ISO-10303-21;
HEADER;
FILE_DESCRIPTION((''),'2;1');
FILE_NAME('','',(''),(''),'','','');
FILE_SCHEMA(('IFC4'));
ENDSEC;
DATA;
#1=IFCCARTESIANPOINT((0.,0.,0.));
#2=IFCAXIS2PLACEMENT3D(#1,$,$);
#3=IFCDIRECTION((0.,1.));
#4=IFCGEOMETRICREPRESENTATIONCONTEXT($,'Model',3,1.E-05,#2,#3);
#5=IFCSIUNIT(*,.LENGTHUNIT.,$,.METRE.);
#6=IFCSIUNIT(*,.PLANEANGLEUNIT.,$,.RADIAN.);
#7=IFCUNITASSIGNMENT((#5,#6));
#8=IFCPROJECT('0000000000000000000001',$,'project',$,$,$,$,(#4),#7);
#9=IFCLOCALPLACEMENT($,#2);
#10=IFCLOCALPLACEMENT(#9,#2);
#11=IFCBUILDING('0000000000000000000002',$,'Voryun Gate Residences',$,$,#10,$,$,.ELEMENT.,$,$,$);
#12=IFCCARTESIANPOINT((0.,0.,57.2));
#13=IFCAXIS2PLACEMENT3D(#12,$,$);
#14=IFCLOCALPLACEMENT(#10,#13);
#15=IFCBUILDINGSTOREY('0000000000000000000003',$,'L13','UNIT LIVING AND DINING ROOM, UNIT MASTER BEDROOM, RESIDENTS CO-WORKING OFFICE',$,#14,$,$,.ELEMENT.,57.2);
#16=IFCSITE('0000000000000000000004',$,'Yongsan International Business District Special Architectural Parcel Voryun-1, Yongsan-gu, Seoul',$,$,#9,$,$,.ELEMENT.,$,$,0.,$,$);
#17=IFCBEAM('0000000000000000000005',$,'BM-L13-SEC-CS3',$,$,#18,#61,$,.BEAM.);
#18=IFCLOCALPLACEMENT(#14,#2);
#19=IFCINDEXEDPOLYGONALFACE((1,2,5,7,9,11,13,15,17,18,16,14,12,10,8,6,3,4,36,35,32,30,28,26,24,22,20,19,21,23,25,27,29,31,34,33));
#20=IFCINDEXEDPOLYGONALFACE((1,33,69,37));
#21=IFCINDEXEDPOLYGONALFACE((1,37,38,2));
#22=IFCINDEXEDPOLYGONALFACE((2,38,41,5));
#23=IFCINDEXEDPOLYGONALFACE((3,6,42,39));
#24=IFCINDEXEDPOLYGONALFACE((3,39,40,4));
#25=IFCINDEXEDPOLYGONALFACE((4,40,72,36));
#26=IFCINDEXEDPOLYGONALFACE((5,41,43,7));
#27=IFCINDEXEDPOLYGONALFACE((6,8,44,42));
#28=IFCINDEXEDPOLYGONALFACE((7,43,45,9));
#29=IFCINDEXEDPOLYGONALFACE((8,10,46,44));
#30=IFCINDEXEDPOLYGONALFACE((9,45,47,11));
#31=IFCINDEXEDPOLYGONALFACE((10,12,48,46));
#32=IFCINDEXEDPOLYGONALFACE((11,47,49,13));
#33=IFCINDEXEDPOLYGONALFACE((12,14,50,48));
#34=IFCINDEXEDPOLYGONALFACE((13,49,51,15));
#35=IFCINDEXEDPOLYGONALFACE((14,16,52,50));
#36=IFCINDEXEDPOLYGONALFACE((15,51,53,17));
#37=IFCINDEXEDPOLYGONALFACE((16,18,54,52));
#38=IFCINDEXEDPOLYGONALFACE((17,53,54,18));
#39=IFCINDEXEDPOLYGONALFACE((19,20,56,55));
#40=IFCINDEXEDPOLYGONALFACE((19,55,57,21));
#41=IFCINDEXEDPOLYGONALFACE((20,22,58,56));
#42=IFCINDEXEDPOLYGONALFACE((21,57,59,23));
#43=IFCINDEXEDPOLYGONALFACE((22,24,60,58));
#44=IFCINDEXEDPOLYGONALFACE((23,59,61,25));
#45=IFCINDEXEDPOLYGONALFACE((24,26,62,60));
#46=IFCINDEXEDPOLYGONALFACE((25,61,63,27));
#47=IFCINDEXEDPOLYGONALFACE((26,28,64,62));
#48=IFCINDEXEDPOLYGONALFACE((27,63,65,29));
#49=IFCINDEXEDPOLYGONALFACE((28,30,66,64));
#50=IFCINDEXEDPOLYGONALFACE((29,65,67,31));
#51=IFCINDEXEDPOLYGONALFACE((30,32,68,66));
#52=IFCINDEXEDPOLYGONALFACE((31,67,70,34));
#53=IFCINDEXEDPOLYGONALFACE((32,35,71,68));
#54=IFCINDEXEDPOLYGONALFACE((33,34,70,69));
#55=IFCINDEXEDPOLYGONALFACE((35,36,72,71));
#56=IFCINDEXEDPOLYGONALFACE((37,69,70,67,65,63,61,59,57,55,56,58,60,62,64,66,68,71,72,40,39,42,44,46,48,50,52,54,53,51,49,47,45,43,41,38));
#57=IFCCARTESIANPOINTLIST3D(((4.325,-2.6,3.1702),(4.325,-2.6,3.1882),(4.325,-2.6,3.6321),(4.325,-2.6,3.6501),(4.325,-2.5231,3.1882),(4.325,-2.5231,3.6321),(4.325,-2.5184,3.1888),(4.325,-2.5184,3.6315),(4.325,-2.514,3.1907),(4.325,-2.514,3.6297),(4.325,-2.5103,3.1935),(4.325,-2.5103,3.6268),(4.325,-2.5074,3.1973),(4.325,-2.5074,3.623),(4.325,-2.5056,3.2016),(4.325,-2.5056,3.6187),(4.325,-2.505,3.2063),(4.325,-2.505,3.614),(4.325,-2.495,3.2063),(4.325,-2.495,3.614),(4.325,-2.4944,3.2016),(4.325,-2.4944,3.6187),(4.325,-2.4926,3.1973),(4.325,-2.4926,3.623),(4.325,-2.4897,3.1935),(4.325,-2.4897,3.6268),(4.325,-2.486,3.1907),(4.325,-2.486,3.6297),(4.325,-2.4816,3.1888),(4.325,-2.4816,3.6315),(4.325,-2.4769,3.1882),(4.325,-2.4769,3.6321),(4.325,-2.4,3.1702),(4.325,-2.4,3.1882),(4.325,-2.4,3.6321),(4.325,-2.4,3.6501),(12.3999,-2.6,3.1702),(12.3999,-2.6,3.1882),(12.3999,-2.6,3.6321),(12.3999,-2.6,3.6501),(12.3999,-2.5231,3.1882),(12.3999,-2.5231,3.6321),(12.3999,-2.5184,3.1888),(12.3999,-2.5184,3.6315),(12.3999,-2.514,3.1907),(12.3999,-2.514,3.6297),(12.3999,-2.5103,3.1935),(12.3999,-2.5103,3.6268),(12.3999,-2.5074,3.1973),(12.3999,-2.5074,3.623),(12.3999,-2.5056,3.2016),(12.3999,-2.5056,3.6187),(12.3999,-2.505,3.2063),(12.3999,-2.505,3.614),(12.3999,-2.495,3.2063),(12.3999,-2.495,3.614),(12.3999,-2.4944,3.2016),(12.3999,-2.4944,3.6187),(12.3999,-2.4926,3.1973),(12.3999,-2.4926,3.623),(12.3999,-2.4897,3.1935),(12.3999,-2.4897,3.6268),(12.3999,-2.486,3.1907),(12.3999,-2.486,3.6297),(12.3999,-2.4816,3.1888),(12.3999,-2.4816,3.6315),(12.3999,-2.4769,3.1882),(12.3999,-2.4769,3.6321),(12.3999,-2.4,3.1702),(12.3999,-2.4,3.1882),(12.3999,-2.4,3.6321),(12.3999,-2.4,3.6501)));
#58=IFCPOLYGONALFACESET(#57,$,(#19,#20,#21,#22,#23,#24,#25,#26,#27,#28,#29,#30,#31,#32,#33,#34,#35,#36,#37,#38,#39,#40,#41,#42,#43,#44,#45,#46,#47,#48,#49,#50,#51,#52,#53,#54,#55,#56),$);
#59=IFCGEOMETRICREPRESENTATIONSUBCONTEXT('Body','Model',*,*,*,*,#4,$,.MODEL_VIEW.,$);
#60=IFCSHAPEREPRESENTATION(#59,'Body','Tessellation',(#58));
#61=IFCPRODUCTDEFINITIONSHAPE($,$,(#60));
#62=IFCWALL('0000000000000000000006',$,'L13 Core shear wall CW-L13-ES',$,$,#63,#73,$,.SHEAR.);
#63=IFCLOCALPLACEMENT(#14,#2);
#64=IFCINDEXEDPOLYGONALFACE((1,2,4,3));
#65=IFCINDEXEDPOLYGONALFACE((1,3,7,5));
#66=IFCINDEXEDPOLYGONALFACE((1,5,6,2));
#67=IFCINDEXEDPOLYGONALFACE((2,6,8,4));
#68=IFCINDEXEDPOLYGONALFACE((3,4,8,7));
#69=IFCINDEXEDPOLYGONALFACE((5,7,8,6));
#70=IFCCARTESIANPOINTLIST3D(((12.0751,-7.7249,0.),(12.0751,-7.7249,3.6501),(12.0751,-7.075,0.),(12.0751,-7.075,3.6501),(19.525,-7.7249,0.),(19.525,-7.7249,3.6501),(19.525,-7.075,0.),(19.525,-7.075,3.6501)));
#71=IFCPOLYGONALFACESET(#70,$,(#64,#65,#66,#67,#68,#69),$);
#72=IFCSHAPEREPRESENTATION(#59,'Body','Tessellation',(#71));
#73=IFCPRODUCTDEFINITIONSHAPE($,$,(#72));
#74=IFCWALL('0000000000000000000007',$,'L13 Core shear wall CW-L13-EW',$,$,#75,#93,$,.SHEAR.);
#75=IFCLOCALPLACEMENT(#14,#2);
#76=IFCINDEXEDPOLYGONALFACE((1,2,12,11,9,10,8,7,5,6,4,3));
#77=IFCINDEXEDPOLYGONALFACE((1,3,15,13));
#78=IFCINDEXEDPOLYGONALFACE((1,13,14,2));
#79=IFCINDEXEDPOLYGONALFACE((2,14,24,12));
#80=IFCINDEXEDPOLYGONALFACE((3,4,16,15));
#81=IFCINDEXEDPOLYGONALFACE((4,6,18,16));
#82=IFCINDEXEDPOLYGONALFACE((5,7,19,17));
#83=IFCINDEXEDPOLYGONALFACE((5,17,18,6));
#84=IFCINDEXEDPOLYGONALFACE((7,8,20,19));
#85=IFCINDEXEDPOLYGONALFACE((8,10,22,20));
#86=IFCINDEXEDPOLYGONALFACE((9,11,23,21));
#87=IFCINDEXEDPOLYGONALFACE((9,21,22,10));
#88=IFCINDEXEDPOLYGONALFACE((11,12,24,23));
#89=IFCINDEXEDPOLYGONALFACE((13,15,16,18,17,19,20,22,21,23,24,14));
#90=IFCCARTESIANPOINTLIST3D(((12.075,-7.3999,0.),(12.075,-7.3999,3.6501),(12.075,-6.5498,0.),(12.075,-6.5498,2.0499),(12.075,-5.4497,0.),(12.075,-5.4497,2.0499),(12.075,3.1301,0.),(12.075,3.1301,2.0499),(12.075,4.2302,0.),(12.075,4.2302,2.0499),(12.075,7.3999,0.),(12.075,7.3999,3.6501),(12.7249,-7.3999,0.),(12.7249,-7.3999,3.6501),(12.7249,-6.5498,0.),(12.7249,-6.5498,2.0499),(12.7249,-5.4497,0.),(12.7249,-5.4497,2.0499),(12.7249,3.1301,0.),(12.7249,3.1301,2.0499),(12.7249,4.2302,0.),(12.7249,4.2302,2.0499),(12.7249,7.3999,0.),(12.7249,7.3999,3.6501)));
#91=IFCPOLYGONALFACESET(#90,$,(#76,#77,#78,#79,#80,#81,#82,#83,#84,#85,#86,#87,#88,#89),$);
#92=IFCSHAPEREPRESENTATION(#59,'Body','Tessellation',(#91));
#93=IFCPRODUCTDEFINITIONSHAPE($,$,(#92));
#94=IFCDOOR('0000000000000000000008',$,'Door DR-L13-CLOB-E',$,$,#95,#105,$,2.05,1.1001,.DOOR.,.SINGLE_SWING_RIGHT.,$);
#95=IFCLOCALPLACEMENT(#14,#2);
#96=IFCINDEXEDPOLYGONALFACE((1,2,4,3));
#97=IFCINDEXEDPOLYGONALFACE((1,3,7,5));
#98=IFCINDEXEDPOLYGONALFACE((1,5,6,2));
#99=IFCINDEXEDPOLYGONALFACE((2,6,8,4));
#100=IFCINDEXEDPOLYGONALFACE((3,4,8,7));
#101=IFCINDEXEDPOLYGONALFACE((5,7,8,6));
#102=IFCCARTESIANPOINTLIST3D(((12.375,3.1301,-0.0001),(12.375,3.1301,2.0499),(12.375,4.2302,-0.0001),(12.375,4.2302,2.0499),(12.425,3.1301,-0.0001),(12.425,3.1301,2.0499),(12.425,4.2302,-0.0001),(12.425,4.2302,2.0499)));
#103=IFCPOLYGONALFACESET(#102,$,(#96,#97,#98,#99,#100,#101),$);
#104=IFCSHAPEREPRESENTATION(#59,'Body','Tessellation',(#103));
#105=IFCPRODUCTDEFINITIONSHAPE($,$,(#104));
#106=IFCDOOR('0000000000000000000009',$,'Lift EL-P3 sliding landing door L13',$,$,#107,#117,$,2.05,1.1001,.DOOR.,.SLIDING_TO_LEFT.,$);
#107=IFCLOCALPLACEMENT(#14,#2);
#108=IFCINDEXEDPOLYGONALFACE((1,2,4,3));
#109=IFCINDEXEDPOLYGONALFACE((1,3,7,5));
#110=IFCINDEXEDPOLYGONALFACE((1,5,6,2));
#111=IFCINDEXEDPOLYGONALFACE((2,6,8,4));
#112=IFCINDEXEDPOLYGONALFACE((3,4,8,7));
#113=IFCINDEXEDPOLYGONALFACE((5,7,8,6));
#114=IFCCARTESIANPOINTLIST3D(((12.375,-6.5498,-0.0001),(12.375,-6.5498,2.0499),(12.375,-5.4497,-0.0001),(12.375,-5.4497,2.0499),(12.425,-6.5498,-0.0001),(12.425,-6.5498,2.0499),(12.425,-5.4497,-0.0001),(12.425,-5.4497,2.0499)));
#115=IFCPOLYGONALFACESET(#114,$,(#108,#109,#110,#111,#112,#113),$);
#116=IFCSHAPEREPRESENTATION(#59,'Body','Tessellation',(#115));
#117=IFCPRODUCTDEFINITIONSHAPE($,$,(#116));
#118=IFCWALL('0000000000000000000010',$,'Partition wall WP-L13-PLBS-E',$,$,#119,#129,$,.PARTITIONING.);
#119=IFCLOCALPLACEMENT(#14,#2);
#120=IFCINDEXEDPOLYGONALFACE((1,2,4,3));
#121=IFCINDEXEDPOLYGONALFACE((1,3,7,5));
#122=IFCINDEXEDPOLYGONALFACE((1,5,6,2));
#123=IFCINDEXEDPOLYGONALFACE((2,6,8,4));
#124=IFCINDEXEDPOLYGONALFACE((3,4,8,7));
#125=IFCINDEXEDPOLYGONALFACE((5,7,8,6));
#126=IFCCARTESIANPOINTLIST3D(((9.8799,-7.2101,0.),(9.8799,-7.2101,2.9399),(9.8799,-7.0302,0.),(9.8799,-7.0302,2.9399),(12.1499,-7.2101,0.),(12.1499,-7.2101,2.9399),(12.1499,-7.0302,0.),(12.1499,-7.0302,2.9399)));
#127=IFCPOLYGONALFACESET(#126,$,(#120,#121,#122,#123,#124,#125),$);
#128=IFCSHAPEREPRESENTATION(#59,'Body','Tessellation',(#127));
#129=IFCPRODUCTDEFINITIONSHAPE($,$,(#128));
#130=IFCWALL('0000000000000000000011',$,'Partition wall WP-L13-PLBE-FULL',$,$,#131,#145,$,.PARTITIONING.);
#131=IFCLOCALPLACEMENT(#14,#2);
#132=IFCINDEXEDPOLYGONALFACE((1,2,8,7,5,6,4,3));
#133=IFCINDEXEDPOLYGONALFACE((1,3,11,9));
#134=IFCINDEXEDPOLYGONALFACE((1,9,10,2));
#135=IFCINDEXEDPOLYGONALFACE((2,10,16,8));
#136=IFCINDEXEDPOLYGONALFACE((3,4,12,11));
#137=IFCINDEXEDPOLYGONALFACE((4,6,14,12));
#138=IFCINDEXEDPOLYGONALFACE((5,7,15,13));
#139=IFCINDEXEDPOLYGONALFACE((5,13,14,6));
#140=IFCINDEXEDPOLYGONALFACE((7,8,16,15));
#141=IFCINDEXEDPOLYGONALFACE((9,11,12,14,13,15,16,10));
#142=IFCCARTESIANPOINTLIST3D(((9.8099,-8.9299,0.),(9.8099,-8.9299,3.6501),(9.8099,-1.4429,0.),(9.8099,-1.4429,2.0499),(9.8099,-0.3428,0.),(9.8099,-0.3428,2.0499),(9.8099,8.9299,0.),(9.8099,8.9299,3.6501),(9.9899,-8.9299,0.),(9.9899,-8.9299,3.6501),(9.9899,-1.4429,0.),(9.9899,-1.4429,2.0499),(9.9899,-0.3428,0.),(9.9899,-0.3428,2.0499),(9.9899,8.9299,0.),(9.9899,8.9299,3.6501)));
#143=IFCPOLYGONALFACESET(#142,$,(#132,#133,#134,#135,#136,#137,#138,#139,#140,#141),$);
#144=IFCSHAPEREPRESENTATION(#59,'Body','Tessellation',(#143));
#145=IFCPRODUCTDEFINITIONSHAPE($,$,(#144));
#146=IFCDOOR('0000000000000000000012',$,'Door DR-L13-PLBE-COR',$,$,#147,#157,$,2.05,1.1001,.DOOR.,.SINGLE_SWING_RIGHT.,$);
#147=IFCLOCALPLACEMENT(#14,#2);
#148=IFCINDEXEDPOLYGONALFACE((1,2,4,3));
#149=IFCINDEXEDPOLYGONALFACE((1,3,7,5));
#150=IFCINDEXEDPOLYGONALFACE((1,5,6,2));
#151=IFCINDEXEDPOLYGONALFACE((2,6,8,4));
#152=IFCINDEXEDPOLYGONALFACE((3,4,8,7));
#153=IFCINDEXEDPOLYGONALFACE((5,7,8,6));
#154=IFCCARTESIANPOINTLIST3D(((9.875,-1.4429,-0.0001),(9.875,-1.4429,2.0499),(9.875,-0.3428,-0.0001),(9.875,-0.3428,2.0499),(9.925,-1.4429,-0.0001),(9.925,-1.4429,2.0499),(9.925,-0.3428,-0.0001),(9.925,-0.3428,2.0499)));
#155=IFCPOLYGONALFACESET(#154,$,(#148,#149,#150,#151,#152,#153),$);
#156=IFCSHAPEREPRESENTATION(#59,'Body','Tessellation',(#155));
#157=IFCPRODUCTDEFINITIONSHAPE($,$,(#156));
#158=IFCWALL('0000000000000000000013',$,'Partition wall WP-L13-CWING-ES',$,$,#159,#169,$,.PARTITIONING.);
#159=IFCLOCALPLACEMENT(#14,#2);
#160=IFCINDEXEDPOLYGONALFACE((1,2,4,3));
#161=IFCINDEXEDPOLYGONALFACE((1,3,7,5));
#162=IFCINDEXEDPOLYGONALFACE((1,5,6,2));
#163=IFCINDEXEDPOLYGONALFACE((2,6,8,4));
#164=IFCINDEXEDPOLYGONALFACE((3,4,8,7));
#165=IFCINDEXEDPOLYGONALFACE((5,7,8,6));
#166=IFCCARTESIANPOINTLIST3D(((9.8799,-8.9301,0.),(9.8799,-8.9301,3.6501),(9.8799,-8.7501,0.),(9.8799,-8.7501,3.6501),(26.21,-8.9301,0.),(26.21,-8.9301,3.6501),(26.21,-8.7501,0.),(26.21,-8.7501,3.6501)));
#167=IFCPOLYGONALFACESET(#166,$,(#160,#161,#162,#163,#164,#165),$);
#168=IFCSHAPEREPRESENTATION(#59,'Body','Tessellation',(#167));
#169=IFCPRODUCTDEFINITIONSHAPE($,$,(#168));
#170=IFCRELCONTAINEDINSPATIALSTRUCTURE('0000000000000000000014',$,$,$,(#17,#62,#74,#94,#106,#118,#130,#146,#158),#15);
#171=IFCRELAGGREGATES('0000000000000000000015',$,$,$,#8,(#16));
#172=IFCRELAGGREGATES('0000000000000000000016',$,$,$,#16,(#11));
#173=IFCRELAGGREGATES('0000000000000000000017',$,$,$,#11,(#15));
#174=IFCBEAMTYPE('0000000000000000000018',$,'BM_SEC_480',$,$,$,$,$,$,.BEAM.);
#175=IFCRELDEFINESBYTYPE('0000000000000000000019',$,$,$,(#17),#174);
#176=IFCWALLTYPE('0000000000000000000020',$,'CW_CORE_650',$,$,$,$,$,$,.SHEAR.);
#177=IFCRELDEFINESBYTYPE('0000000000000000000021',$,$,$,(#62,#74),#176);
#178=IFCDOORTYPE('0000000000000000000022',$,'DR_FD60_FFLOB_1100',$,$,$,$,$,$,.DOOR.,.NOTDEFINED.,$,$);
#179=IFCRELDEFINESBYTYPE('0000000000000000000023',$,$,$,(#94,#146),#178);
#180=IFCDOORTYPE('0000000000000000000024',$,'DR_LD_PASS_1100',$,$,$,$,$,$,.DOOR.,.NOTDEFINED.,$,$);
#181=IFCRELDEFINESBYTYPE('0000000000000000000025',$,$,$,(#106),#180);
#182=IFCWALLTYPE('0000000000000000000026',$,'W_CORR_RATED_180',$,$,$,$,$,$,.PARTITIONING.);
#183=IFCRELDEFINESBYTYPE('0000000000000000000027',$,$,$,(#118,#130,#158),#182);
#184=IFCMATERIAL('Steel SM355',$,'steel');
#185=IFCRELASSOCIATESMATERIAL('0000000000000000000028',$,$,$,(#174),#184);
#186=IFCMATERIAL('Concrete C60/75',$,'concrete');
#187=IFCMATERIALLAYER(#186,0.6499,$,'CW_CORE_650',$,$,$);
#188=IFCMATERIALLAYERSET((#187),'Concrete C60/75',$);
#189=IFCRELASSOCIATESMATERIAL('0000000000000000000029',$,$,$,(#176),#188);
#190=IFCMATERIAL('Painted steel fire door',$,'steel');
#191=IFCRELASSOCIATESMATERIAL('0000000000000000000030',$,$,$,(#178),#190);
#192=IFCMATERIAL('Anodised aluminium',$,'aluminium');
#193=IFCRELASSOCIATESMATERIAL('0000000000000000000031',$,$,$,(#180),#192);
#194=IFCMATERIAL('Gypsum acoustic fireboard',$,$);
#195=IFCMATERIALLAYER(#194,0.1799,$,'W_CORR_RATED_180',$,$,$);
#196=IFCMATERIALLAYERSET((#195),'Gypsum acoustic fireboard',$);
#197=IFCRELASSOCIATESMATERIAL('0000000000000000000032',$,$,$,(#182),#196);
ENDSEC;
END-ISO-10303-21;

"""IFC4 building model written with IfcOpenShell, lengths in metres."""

from ifc_helpers import new_model, si_unit, direction, frame, frame_2d, origin, origin_2d, place, context, subcontext, project, spatial, rectangle, i_section, extrude, material, layer, layer_set, material_profile, profile_set, type_object, element, fill, save


model = new_model("IFC4")

# Units and contexts
model_context = context("Model", 3, precision=1e-05, world=origin(), true_north=direction((0.0, 1.0)))
body_context = subcontext(model_context, "Body", "Model", "MODEL_VIEW")
ifc_project = project(units=[si_unit("LENGTHUNIT", "METRE"), si_unit("PLANEANGLEUNIT", "RADIAN")], contexts=[model_context])

# Site, building, storey
site_placement = place(None, origin())
site = spatial("IfcSite", under=ifc_project, at=site_placement, Name="Yongsan International Business District Special Architectural Parcel Voryun-1, Yongsan-gu, Seoul", CompositionType="ELEMENT", RefElevation=0.0)
building_placement = place(site_placement, origin())
building = spatial("IfcBuilding", under=site, at=building_placement, Name="Voryun Gate Residences", CompositionType="ELEMENT")
storey_placement = place(building_placement, frame((0.0, 0.0, 57.2)))
storey = spatial("IfcBuildingStorey", under=building, at=storey_placement, Name="L13", Description="UNIT LIVING AND DINING ROOM, UNIT MASTER BEDROOM, RESIDENTS CO-WORKING OFFICE", CompositionType="ELEMENT", Elevation=57.2)

# Beam
ifc_material_1 = material(Name="Steel SM355", Category="steel")
ifc_material_profile_1 = material_profile(ifc_material_1, i_section(OverallWidth=0.2, OverallDepth=0.48, WebThickness=0.01, FlangeThickness=0.0181, FilletRadius=0.0181, at=origin_2d()), Name="H-480x200x10x18")
ifc_profile_set_1 = profile_set([ifc_material_profile_1], Name="Steel SM355")
beam_type_1 = type_object("IfcBeamType", Name="BM_SEC_480", PredefinedType="BEAM", material=ifc_profile_set_1)
beam_1_placement = place(storey_placement, frame((4.325, -2.5, 3.4102), z_axis=(1.0, 0.0, 0.0), x_axis=(0.0, 1.0, 0.0)))
element("IfcBeam", 1, at=beam_1_placement, inside=storey, type_object=beam_type_1, Name="BM-L13-SEC-CS3", PredefinedType="BEAM", context=body_context, shape_type="SweptSolid", body=[
    extrude(i_section(OverallWidth=0.2, OverallDepth=0.48, WebThickness=0.01, FlangeThickness=0.0181, FilletRadius=0.0181, at=origin_2d()), origin(), (0.0, 0.0, 1.0), 8.075),
])

# Wall
ifc_material_2 = material(Name="Concrete C60/75", Category="concrete")
ifc_layer_1 = layer(ifc_material_2, 0.6499, Name="CW_CORE_650")
ifc_layer_set_1 = layer_set([ifc_layer_1], Name="Concrete C60/75")
wall_type_1 = type_object("IfcWallType", Name="CW_CORE_650", PredefinedType="SHEAR", material=ifc_layer_set_1)
wall_1_placement = place(storey_placement, frame((12.075, -7.3999, 0.0), z_axis=(0.0, 0.0, 1.0), x_axis=(1.0, 0.0, 0.0)))
element("IfcWall", 2, at=wall_1_placement, inside=storey, type_object=wall_type_1, Name="L13 Core shear wall CW-L13-ES", PredefinedType="SHEAR", context=body_context, shape_type="SweptSolid", body=[
    extrude(rectangle(XDim=7.45, YDim=0.6499, at=frame_2d((3.7251, 0.0))), origin(), (0.0, 0.0, 1.0), 3.6501),
])

# Wall, openings, doors
wall_2_placement = place(storey_placement, frame((12.3999, -7.3999, 0.0), z_axis=(0.0, 0.0, 1.0), x_axis=(0.0, 1.0, 0.0)))
wall_2 = element("IfcWall", 3, at=wall_2_placement, inside=storey, type_object=wall_type_1, Name="L13 Core shear wall CW-L13-EW", PredefinedType="SHEAR", context=body_context, shape_type="SweptSolid", body=[
    extrude(rectangle(XDim=14.7998, YDim=0.6499, at=frame_2d((7.3999, 0.0))), origin(), (0.0, 0.0, 1.0), 3.6501),
])
opening_1_placement = place(wall_2_placement, frame((0.8501, 0.0, 0.0)))
opening_1 = element("IfcOpeningElement", 4, at=opening_1_placement, cuts=wall_2, PredefinedType="OPENING", context=body_context, shape_type="SweptSolid", body=[
    extrude(rectangle(XDim=1.1001, YDim=2.05, at=frame_2d((0.55, 1.0249))), frame((0.0, 0.335, 0.0), z_axis=(0.0, -1.0, 0.0), x_axis=(1.0, 0.0, 0.0)), (0.0, 0.0, 1.0), 0.6699),
])
opening_2_placement = place(wall_2_placement, frame((10.53, 0.0, 0.0)))
opening_2 = element("IfcOpeningElement", 5, at=opening_2_placement, cuts=wall_2, PredefinedType="OPENING", context=body_context, shape_type="SweptSolid", body=[
    extrude(rectangle(XDim=1.1001, YDim=2.05, at=frame_2d((0.55, 1.0249))), frame((0.0, 0.335, 0.0), z_axis=(0.0, -1.0, 0.0), x_axis=(1.0, 0.0, 0.0)), (0.0, 0.0, 1.0), 0.6699),
])
ifc_material_3 = material(Name="Painted steel fire door", Category="steel")
door_type_1 = type_object("IfcDoorType", Name="DR_FD60_FFLOB_1100", OperationType="NOTDEFINED", PredefinedType="DOOR", material=ifc_material_3)
door_1_placement = place(opening_2_placement, origin())
door_1 = element("IfcDoor", 6, at=door_1_placement, inside=storey, type_object=door_type_1, Name="Door DR-L13-CLOB-E", OperationType="SINGLE_SWING_RIGHT", OverallHeight=2.05, OverallWidth=1.1001, PredefinedType="DOOR", context=body_context, shape_type="SweptSolid", body=[
    extrude(rectangle(XDim=1.1001, YDim=2.05, at=frame_2d((0.55, 1.0249))), frame((0.0, 0.0249, 0.0), z_axis=(0.0, -1.0, 0.0), x_axis=(1.0, 0.0, 0.0)), (0.0, 0.0, 1.0), 0.05),
])
fill(opening_2, door_1)
ifc_material_4 = material(Name="Anodised aluminium", Category="aluminium")
door_type_2 = type_object("IfcDoorType", Name="DR_LD_PASS_1100", OperationType="NOTDEFINED", PredefinedType="DOOR", material=ifc_material_4)
door_2_placement = place(opening_1_placement, origin())
door_2 = element("IfcDoor", 7, at=door_2_placement, inside=storey, type_object=door_type_2, Name="Lift EL-P3 sliding landing door L13", OperationType="SLIDING_TO_LEFT", OverallHeight=2.05, OverallWidth=1.1001, PredefinedType="DOOR", context=body_context, shape_type="SweptSolid", body=[
    extrude(rectangle(XDim=1.1001, YDim=2.05, at=frame_2d((0.55, 1.0249))), frame((0.0, 0.0249, 0.0), z_axis=(0.0, -1.0, 0.0), x_axis=(1.0, 0.0, 0.0)), (0.0, 0.0, 1.0), 0.05),
])
fill(opening_1, door_2)

# Wall
ifc_material_5 = material(Name="Gypsum acoustic fireboard")
ifc_layer_2 = layer(ifc_material_5, 0.1799, Name="W_CORR_RATED_180")
ifc_layer_set_2 = layer_set([ifc_layer_2], Name="Gypsum acoustic fireboard")
wall_type_2 = type_object("IfcWallType", Name="W_CORR_RATED_180", PredefinedType="PARTITIONING", material=ifc_layer_set_2)
wall_3_placement = place(storey_placement, frame((9.8799, -7.1201, 0.0), z_axis=(0.0, 0.0, 1.0), x_axis=(1.0, 0.0, 0.0)))
element("IfcWall", 8, at=wall_3_placement, inside=storey, type_object=wall_type_2, Name="Partition wall WP-L13-PLBS-E", PredefinedType="PARTITIONING", context=body_context, shape_type="SweptSolid", body=[
    extrude(rectangle(XDim=2.27, YDim=0.1799, at=frame_2d((1.135, 0.0))), origin(), (0.0, 0.0, 1.0), 2.9399),
])

# Wall, opening, door
wall_4_placement = place(storey_placement, frame((9.8999, -8.9299, 0.0), z_axis=(0.0, 0.0, 1.0), x_axis=(0.0, 1.0, 0.0)))
wall_4 = element("IfcWall", 9, at=wall_4_placement, inside=storey, type_object=wall_type_2, Name="Partition wall WP-L13-PLBE-FULL", PredefinedType="PARTITIONING", context=body_context, shape_type="SweptSolid", body=[
    extrude(rectangle(XDim=17.8599, YDim=0.1799, at=frame_2d((8.9299, 0.0))), origin(), (0.0, 0.0, 1.0), 3.6501),
])
opening_3_placement = place(wall_4_placement, frame((7.4871, 0.0, 0.0)))
opening_3 = element("IfcOpeningElement", 10, at=opening_3_placement, cuts=wall_4, PredefinedType="OPENING", context=body_context, shape_type="SweptSolid", body=[
    extrude(rectangle(XDim=1.1001, YDim=2.05, at=frame_2d((0.55, 1.0249))), frame((0.0, 0.0999, 0.0), z_axis=(0.0, -1.0, 0.0), x_axis=(1.0, 0.0, 0.0)), (0.0, 0.0, 1.0), 0.2),
])
door_3_placement = place(opening_3_placement, origin())
door_3 = element("IfcDoor", 11, at=door_3_placement, inside=storey, type_object=door_type_1, Name="Door DR-L13-PLBE-COR", OperationType="SINGLE_SWING_RIGHT", OverallHeight=2.05, OverallWidth=1.1001, PredefinedType="DOOR", context=body_context, shape_type="SweptSolid", body=[
    extrude(rectangle(XDim=1.1001, YDim=2.05, at=frame_2d((0.55, 1.0249))), frame((0.0, 0.0249, 0.0), z_axis=(0.0, -1.0, 0.0), x_axis=(1.0, 0.0, 0.0)), (0.0, 0.0, 1.0), 0.05),
])
fill(opening_3, door_3)

# Wall
wall_5_placement = place(storey_placement, frame((9.8799, -8.8401, 0.0), z_axis=(0.0, 0.0, 1.0), x_axis=(1.0, 0.0, 0.0)))
element("IfcWall", 12, at=wall_5_placement, inside=storey, type_object=wall_type_2, Name="Partition wall WP-L13-CWING-ES", PredefinedType="PARTITIONING", context=body_context, shape_type="SweptSolid", body=[
    extrude(rectangle(XDim=16.3301, YDim=0.1799, at=frame_2d((8.165, 0.0))), origin(), (0.0, 0.0, 1.0), 3.6501),
])

save(model, "model.ifc")
